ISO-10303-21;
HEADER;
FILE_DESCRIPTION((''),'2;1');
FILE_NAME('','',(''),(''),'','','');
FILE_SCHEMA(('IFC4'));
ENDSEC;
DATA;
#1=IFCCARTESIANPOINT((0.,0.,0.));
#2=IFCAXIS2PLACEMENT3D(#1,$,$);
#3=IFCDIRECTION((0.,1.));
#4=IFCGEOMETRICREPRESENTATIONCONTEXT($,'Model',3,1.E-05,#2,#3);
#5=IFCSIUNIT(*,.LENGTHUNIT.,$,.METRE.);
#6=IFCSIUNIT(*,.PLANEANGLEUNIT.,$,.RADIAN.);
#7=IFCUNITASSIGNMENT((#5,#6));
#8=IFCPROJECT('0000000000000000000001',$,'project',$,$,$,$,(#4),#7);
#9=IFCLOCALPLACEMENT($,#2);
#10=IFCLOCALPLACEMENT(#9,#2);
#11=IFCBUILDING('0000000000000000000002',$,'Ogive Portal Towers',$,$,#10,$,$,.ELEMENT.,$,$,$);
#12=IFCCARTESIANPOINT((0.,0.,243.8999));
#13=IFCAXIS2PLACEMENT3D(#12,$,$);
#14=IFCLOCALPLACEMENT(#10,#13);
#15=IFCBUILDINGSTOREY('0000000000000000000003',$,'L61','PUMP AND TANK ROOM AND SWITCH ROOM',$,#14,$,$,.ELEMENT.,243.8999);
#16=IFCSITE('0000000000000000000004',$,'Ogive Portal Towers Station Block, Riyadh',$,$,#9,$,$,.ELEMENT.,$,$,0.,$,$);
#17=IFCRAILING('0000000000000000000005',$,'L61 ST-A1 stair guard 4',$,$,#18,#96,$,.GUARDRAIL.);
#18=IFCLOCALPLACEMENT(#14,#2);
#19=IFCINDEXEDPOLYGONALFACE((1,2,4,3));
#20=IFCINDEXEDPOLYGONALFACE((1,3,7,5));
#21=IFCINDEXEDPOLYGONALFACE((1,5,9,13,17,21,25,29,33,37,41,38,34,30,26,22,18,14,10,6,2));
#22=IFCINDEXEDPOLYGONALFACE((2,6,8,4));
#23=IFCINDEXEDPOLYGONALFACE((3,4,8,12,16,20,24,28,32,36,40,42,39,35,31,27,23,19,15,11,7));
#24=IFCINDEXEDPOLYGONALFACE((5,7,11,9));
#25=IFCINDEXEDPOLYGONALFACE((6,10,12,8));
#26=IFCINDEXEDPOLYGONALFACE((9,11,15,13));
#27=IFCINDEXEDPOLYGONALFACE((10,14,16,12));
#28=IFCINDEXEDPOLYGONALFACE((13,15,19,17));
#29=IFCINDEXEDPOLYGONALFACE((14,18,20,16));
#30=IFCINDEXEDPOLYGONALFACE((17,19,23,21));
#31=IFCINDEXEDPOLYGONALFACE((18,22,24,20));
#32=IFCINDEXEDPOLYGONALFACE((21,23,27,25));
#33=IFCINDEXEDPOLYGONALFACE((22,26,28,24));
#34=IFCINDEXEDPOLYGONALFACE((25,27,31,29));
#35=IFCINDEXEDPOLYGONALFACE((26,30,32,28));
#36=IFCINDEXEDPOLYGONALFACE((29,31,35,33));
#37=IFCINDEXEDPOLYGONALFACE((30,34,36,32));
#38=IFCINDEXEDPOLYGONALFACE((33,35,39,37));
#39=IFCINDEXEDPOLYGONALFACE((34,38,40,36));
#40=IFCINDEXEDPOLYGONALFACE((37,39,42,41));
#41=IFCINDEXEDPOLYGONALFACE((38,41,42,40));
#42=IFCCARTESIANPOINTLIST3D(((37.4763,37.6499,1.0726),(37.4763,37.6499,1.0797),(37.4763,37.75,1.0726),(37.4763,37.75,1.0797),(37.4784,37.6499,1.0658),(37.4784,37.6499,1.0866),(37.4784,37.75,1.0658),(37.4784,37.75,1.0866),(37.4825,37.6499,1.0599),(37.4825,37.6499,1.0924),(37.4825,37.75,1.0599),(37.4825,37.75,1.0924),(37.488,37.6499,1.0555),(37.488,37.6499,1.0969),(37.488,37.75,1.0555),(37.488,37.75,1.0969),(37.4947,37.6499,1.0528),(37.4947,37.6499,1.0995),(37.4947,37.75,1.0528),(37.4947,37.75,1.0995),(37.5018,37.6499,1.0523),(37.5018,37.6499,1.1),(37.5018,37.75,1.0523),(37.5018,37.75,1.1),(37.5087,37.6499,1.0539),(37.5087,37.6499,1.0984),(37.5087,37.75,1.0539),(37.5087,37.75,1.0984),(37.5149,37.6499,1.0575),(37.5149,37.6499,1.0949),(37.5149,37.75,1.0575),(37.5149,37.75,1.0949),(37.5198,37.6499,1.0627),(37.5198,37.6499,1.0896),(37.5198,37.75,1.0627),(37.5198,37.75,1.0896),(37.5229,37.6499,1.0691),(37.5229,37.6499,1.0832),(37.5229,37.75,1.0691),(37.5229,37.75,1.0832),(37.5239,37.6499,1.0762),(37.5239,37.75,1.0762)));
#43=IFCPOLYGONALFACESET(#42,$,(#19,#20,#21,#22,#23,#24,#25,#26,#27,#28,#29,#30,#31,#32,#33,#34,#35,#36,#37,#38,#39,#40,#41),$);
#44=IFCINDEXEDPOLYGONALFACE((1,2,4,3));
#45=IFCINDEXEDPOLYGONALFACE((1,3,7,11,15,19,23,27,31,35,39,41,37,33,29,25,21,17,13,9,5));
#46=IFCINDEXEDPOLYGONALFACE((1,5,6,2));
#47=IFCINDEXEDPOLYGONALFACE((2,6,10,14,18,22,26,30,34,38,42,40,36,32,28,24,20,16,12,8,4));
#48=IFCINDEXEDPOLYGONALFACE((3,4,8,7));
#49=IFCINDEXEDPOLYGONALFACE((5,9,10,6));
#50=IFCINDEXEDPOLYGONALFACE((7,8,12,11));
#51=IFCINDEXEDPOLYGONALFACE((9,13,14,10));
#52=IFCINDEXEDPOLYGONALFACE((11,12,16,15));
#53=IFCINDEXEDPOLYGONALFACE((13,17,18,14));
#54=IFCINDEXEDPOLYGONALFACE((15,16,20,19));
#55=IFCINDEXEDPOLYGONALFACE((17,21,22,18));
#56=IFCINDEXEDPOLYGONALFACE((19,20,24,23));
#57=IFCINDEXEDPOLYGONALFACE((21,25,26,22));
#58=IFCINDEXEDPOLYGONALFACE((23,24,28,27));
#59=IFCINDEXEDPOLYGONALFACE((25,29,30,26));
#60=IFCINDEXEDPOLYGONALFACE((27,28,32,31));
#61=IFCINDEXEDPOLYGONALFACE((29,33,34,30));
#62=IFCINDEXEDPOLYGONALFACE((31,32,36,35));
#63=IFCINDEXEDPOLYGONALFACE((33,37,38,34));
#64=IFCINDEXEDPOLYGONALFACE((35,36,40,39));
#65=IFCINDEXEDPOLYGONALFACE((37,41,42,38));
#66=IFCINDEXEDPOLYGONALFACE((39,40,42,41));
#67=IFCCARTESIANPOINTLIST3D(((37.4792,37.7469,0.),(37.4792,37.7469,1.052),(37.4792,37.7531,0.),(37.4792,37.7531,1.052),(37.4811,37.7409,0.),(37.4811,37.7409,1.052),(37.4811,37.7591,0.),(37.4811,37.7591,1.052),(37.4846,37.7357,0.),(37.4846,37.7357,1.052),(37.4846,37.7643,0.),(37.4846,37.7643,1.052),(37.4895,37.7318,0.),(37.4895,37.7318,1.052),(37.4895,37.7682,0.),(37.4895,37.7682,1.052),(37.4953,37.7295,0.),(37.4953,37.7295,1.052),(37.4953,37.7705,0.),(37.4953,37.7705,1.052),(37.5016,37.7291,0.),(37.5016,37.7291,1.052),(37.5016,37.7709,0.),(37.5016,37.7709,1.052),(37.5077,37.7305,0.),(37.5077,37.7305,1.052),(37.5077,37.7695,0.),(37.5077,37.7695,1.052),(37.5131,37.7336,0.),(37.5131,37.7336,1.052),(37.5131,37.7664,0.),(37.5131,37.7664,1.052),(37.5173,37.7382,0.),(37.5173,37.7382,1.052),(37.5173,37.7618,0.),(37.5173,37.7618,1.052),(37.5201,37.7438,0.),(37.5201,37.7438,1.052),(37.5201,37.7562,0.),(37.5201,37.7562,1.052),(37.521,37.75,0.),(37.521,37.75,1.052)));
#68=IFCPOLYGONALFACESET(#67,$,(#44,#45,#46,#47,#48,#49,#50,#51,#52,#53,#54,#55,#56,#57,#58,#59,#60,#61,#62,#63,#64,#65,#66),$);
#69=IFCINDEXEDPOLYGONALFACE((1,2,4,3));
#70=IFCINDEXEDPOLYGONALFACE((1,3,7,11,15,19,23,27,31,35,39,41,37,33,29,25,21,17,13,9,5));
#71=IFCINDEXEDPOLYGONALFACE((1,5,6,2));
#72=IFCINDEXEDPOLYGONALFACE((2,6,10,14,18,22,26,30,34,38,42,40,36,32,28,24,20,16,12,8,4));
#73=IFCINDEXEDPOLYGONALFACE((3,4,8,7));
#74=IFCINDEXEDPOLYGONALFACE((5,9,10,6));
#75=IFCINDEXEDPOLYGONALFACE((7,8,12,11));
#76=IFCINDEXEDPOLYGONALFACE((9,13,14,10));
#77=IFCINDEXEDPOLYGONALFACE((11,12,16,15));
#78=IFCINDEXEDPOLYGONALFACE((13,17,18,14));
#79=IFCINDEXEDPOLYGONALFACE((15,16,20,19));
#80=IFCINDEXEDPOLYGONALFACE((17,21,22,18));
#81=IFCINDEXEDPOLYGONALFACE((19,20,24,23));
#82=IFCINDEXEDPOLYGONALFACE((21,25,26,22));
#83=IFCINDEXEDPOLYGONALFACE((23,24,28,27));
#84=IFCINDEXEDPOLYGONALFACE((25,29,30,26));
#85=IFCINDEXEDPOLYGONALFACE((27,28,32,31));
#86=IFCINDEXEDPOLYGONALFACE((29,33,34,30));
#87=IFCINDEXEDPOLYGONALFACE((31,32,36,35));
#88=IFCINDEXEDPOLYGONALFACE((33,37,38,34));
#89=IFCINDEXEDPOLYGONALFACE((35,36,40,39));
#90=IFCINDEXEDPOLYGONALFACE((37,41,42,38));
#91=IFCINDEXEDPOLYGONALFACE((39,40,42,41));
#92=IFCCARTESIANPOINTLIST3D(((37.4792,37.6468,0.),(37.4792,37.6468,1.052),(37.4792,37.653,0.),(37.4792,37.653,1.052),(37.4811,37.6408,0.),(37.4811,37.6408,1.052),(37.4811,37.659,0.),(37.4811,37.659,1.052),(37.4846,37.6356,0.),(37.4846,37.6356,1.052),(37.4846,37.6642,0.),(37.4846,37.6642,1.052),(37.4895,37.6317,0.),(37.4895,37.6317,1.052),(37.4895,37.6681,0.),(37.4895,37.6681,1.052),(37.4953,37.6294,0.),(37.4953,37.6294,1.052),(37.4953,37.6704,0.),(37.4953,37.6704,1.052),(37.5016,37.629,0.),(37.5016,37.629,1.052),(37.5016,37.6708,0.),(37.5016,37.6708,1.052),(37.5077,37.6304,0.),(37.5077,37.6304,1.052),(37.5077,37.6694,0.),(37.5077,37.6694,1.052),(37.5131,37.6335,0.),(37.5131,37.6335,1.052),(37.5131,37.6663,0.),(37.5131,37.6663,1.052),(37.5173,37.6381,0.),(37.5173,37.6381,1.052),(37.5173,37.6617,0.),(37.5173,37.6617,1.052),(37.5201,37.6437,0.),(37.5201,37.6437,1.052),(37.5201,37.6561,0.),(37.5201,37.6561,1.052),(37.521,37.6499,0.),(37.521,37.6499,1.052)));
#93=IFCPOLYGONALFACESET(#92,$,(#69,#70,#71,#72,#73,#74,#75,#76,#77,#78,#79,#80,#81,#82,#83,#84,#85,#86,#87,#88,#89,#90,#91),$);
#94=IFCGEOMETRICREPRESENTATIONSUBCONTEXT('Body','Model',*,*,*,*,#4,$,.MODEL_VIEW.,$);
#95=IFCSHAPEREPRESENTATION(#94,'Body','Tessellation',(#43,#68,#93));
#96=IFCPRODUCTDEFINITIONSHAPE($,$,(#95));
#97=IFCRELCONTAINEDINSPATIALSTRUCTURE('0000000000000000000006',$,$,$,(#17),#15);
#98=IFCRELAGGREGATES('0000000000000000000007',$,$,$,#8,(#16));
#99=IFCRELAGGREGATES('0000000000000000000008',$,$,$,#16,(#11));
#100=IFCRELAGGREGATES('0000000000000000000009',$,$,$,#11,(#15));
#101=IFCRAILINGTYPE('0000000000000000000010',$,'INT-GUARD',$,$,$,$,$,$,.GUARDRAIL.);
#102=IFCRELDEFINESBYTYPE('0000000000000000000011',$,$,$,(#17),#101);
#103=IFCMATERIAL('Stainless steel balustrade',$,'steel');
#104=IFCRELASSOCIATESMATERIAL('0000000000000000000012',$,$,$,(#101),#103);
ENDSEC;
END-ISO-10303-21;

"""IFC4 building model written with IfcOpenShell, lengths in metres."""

from ifc_helpers import new_model, si_unit, direction, frame, origin, origin_2d, place, context, subcontext, project, spatial, circle, extrude, material, type_object, element, save


model = new_model("IFC4")

# Units and contexts
model_context = context("Model", 3, precision=1e-05, world=origin(), true_north=direction((0.0, 1.0)))
body_context = subcontext(model_context, "Body", "Model", "MODEL_VIEW")
ifc_project = project(units=[si_unit("LENGTHUNIT", "METRE"), si_unit("PLANEANGLEUNIT", "RADIAN")], contexts=[model_context])

# Site, building, storey
site_placement = place(None, origin())
site = spatial("IfcSite", under=ifc_project, at=site_placement, Name="Ogive Portal Towers Station Block, Riyadh", CompositionType="ELEMENT", RefElevation=0.0)
building_placement = place(site_placement, origin())
building = spatial("IfcBuilding", under=site, at=building_placement, Name="Ogive Portal Towers", CompositionType="ELEMENT")
storey_placement = place(building_placement, frame((0.0, 0.0, 243.8999)))
storey = spatial("IfcBuildingStorey", under=building, at=storey_placement, Name="L61", Description="PUMP AND TANK ROOM AND SWITCH ROOM", CompositionType="ELEMENT", Elevation=243.8999)

# Railing
ifc_material_1 = material(Name="Stainless steel balustrade", Category="steel")
railing_type_1 = type_object("IfcRailingType", Name="INT-GUARD", PredefinedType="GUARDRAIL", material=ifc_material_1)
railing_1_placement = place(storey_placement, frame((37.5, 37.75, 0.0)))
element("IfcRailing", 1, at=railing_1_placement, inside=storey, type_object=railing_type_1, Name="L61 ST-A1 stair guard 4", PredefinedType="GUARDRAIL", context=body_context, shape_type="SweptSolid", body=[
    extrude(circle(Radius=0.0239, at=origin_2d()), frame((0.0, 0.0, 1.0762), z_axis=(0.0, -1.0, 0.0), x_axis=(1.0, 0.0, 0.0)), (0.0, 0.0, 1.0), 0.1001),
    extrude(circle(Radius=0.021, at=origin_2d()), origin(), (0.0, 0.0, 1.0), 1.052),
    extrude(circle(Radius=0.021, at=origin_2d()), frame((0.0, -0.1001, 0.0)), (0.0, 0.0, 1.0), 1.052),
])

save(model, "model.ifc")
